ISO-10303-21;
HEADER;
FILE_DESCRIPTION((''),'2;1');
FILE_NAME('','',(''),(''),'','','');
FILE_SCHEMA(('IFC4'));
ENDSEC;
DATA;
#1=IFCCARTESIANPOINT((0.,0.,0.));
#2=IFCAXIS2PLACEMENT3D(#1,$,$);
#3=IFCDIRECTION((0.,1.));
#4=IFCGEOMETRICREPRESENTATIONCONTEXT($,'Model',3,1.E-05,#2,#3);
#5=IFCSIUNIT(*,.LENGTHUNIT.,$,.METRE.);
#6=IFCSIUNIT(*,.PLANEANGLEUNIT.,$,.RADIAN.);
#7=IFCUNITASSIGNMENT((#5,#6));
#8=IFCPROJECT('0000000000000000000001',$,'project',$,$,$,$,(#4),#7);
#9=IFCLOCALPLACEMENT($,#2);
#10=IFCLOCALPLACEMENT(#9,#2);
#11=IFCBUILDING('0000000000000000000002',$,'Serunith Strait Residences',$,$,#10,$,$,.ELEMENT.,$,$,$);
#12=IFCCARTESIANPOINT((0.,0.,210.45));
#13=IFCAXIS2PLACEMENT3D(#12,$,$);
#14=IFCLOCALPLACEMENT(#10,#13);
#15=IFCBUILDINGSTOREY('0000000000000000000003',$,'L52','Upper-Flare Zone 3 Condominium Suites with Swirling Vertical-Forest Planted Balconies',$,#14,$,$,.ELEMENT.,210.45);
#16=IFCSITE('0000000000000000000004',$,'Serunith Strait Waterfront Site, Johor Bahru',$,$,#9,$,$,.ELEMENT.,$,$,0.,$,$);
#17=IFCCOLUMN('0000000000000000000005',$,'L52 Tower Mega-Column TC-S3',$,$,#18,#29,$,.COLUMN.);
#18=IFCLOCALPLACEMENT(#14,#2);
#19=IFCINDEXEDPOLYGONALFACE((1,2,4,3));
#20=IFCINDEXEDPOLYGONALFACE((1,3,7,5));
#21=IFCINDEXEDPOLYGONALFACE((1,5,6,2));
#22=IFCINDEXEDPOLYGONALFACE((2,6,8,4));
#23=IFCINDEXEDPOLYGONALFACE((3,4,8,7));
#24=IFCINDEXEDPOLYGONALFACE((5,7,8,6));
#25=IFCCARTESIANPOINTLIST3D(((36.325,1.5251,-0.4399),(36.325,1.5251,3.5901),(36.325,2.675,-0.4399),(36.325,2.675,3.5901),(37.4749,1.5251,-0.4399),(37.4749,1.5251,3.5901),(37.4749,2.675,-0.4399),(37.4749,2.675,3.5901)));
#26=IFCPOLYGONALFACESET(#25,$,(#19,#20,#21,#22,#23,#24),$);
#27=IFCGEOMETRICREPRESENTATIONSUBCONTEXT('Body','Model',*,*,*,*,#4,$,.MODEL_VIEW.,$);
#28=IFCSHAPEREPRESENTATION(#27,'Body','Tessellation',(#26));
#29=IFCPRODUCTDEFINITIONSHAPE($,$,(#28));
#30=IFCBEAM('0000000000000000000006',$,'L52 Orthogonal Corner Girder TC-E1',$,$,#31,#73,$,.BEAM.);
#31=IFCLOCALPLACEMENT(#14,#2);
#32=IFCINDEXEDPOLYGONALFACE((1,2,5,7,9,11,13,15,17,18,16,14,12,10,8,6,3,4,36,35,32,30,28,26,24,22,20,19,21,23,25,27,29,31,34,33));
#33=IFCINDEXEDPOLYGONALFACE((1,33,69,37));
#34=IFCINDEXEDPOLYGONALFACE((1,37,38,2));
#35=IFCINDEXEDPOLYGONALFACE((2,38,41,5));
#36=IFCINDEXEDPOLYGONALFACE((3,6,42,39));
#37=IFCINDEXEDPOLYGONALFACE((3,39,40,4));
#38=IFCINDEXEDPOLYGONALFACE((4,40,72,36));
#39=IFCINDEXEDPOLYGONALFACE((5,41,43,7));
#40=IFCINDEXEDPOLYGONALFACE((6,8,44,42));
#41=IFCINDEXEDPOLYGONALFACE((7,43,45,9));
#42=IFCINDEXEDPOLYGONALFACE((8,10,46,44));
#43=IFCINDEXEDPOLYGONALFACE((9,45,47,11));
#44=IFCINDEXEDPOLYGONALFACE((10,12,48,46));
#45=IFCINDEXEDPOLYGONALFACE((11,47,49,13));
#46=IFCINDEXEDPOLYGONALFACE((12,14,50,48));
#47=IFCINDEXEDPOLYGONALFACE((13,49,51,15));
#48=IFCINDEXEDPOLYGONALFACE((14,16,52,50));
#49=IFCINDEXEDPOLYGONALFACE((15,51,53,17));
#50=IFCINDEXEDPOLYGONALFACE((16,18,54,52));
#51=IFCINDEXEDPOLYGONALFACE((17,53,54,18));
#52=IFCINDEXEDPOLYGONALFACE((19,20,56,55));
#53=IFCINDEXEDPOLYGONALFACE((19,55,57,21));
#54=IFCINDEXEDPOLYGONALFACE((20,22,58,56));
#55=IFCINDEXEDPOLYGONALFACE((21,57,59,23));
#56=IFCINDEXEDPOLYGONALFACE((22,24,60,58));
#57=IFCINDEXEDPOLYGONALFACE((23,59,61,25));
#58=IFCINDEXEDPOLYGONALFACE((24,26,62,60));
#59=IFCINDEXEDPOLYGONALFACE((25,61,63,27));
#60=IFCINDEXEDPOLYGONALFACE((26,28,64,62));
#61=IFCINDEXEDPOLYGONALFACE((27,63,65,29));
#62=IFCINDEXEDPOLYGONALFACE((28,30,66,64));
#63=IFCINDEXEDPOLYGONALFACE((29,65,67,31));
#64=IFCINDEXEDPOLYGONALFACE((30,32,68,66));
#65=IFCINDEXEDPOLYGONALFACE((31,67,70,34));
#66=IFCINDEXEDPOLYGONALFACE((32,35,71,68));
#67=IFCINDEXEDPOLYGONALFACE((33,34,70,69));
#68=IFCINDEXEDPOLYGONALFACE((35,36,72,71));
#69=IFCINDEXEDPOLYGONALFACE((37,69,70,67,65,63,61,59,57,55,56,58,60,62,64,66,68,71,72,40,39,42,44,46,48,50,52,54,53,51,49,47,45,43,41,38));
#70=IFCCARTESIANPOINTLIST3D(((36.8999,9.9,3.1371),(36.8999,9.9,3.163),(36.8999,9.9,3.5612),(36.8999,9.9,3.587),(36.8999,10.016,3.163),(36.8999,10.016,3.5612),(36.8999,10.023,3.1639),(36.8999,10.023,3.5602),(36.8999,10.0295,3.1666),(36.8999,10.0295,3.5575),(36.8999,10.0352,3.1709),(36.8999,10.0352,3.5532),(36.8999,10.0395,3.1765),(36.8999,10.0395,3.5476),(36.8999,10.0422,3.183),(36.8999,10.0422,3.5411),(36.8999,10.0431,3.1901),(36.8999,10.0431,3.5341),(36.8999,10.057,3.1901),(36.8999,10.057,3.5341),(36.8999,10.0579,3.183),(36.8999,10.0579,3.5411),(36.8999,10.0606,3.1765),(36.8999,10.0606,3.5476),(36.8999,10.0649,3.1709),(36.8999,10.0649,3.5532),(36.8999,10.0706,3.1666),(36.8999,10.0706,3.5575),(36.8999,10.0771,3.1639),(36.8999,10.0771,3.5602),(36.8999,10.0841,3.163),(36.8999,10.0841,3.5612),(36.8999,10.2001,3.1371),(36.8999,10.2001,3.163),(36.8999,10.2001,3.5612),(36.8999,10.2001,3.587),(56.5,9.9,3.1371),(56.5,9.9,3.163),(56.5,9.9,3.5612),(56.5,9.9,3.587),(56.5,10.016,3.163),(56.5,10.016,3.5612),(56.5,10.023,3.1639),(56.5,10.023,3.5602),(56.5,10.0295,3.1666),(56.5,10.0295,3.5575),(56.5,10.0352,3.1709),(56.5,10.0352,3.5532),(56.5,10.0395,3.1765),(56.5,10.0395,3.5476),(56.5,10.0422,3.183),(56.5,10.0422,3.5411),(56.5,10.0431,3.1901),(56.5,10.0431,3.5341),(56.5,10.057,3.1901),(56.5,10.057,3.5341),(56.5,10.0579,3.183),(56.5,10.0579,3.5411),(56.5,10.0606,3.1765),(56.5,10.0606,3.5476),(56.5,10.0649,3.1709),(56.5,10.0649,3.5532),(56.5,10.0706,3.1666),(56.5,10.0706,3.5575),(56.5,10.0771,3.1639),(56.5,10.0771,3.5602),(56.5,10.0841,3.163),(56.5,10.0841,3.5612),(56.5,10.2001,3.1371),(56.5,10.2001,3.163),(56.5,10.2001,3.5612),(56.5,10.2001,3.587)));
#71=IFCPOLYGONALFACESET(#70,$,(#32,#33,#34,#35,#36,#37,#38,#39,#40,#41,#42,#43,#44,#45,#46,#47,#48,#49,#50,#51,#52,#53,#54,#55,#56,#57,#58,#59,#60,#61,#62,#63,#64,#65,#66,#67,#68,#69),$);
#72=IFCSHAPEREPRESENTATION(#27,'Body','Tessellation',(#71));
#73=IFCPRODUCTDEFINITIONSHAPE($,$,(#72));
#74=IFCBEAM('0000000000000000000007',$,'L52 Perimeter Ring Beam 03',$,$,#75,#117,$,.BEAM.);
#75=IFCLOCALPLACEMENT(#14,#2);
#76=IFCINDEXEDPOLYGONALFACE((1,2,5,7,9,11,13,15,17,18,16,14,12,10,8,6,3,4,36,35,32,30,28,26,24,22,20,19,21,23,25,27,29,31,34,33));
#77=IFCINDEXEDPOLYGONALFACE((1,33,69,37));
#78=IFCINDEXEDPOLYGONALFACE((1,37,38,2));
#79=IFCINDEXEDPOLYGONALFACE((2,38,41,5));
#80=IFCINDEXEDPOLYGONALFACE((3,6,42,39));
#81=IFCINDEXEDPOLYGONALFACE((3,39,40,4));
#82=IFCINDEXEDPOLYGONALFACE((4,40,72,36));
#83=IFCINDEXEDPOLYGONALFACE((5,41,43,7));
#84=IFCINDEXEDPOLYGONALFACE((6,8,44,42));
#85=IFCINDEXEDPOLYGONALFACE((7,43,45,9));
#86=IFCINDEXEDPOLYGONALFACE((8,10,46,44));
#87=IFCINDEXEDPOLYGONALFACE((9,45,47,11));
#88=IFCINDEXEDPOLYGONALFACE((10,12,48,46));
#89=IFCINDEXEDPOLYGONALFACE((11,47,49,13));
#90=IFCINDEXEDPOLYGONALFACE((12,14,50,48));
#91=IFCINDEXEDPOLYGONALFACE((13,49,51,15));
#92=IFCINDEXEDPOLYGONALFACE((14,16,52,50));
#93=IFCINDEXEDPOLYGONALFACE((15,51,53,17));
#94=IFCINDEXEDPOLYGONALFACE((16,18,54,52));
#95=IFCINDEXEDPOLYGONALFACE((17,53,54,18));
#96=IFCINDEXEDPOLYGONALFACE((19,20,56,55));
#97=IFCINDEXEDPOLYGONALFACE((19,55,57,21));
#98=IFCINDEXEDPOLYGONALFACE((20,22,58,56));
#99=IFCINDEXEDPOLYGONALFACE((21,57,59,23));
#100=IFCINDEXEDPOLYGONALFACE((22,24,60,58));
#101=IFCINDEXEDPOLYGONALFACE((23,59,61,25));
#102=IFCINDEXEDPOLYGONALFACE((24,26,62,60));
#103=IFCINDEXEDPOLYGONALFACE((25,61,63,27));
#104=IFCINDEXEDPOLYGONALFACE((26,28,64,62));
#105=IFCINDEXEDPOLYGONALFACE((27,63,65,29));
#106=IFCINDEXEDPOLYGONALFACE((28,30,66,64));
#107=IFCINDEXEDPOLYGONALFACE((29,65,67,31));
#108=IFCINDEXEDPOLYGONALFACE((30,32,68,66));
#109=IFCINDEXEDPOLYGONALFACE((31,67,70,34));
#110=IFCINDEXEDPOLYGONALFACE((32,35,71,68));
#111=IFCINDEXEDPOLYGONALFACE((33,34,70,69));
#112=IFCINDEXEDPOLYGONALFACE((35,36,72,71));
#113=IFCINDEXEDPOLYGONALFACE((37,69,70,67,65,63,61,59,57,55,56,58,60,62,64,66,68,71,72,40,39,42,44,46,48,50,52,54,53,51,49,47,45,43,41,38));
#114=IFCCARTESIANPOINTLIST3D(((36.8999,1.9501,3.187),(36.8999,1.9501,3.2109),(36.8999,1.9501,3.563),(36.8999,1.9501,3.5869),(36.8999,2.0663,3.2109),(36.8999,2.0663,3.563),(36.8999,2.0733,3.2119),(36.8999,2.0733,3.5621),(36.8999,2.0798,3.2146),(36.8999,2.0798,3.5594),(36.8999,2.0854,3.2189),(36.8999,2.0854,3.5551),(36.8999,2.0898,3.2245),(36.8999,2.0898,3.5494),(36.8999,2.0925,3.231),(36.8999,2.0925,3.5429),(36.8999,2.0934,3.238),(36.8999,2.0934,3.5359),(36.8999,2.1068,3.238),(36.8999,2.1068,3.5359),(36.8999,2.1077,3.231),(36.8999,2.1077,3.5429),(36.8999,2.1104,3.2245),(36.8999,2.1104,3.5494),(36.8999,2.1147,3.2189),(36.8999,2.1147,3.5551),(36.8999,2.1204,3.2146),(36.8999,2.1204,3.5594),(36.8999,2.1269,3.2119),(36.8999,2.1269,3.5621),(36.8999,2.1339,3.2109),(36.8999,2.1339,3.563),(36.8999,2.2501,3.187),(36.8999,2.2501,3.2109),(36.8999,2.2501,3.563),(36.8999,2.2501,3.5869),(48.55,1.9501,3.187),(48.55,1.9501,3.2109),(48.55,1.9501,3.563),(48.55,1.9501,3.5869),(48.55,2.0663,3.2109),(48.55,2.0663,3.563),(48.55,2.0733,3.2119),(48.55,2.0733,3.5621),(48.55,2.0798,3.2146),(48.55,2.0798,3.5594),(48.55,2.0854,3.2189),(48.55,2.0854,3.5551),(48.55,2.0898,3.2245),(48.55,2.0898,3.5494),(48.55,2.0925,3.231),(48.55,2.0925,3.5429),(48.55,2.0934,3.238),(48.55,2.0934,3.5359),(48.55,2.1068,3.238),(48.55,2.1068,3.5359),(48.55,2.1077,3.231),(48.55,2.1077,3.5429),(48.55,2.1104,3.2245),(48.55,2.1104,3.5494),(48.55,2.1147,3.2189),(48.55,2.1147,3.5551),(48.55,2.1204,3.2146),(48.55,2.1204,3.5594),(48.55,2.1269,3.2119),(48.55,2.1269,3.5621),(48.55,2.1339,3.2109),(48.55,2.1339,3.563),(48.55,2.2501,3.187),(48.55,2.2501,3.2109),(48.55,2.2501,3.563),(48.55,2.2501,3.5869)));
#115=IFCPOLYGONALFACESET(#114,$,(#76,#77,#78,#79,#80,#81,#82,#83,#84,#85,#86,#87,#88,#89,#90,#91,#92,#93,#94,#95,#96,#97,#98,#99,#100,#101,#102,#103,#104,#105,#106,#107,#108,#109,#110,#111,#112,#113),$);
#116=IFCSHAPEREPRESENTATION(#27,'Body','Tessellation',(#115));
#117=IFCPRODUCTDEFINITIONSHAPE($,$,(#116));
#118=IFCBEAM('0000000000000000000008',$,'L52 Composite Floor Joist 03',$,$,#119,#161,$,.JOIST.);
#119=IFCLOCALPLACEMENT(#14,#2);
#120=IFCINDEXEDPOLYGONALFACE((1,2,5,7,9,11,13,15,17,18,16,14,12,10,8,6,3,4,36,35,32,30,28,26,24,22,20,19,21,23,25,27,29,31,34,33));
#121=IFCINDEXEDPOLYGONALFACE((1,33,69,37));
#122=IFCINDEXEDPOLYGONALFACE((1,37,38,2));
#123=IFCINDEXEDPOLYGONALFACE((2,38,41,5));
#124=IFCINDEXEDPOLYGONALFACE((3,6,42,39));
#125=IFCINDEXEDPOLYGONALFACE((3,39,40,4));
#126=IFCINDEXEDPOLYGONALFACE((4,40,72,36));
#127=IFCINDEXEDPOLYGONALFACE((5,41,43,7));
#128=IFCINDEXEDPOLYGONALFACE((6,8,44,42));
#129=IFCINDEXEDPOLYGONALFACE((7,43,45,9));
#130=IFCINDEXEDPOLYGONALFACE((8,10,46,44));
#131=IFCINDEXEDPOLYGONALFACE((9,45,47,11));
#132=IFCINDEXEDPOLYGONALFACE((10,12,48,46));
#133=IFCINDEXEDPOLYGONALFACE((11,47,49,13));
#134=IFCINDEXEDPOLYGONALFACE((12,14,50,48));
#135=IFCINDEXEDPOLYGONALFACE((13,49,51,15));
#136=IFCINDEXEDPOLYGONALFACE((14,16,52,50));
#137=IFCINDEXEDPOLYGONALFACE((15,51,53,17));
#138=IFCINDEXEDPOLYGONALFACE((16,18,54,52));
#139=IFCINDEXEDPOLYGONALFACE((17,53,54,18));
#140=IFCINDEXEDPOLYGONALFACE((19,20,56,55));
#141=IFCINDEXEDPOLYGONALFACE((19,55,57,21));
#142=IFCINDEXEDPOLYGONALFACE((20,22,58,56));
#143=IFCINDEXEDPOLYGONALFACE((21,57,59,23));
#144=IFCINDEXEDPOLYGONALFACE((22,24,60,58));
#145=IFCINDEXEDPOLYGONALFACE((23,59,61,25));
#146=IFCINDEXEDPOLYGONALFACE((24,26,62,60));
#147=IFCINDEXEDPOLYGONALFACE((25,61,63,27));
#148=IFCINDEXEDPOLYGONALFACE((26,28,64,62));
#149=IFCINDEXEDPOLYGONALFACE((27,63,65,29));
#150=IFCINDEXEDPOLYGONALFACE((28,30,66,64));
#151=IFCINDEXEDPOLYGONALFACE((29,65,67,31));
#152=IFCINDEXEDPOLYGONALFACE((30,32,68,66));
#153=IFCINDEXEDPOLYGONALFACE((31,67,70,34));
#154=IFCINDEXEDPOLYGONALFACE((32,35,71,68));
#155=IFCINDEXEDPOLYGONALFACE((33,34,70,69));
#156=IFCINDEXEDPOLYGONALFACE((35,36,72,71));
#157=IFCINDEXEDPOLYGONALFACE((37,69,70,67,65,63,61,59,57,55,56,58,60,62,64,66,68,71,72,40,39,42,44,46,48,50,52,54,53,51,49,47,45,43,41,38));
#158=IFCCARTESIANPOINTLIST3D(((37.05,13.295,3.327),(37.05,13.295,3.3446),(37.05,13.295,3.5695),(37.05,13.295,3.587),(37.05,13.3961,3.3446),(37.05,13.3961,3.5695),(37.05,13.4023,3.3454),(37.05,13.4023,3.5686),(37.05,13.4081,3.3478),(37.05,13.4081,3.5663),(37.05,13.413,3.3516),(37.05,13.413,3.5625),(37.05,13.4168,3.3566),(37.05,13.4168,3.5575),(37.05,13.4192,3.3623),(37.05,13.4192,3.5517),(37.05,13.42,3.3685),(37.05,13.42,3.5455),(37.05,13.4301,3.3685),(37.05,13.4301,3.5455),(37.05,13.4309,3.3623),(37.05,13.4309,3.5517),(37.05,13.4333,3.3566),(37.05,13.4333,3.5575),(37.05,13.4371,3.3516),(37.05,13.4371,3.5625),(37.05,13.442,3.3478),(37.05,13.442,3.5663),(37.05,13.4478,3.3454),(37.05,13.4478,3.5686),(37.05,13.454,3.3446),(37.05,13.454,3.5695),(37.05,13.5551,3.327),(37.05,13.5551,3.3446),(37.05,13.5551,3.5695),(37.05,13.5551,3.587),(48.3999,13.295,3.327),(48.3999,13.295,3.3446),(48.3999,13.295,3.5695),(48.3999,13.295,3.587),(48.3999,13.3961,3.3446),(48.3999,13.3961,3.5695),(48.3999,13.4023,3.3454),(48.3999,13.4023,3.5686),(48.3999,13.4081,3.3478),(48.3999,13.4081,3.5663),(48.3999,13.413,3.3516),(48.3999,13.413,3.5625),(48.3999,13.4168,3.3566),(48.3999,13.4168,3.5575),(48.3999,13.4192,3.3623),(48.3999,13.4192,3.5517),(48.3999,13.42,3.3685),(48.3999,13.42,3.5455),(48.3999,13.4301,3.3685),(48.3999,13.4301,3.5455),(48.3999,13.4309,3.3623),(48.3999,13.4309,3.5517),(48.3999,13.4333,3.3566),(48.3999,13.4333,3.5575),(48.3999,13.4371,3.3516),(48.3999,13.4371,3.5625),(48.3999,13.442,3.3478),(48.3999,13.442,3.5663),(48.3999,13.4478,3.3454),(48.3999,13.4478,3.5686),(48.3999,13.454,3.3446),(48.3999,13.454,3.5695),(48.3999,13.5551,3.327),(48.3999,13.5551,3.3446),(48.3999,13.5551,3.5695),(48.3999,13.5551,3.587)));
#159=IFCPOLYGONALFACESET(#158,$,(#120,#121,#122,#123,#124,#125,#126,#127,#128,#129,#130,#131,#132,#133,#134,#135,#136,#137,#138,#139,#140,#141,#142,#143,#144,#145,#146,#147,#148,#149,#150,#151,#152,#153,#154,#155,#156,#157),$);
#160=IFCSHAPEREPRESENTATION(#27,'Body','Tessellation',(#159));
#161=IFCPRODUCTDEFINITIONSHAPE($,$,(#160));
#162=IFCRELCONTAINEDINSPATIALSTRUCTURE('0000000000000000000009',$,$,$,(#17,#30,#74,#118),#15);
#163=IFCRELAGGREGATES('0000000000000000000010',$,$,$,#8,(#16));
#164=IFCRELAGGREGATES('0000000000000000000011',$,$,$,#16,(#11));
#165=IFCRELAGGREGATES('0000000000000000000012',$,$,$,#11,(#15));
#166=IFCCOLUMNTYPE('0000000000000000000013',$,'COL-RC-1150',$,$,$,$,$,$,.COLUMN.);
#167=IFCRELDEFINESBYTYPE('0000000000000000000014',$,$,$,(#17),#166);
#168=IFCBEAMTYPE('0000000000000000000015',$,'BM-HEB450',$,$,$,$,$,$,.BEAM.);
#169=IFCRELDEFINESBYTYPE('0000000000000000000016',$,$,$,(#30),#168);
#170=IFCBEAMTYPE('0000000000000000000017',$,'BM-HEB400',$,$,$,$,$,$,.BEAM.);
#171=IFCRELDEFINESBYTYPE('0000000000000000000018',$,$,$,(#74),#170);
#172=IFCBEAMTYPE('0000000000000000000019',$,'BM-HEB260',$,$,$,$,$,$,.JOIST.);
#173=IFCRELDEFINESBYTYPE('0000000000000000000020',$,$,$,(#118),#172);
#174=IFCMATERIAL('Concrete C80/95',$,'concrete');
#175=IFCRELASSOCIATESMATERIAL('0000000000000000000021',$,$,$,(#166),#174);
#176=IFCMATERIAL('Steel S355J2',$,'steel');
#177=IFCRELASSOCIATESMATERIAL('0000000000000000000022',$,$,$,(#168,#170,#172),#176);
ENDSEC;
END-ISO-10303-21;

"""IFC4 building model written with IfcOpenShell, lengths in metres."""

from ifc_helpers import new_model, si_unit, direction, frame, origin, origin_2d, place, context, subcontext, project, spatial, rectangle, i_section, extrude, source, transform, mapped, material, material_profile, profile_set, type_object, element, save


model = new_model("IFC4")

# Units and contexts
model_context = context("Model", 3, precision=1e-05, world=origin(), true_north=direction((0.0, 1.0)))
body_context = subcontext(model_context, "Body", "Model", "MODEL_VIEW")
ifc_project = project(units=[si_unit("LENGTHUNIT", "METRE"), si_unit("PLANEANGLEUNIT", "RADIAN")], contexts=[model_context])

# Site, building, storey
site_placement = place(None, origin())
site = spatial("IfcSite", under=ifc_project, at=site_placement, Name="Serunith Strait Waterfront Site, Johor Bahru", CompositionType="ELEMENT", RefElevation=0.0)
building_placement = place(site_placement, origin())
building = spatial("IfcBuilding", under=site, at=building_placement, Name="Serunith Strait Residences", CompositionType="ELEMENT")
storey_placement = place(building_placement, frame((0.0, 0.0, 210.45)))
storey = spatial("IfcBuildingStorey", under=building, at=storey_placement, Name="L52", Description="Upper-Flare Zone 3 Condominium Suites with Swirling Vertical-Forest Planted Balconies", CompositionType="ELEMENT", Elevation=210.45)

# Column
ifc_material_1 = material(Name="Concrete C80/95", Category="concrete")
ifc_material_profile_1 = material_profile(ifc_material_1, rectangle(XDim=1.1499, YDim=1.1499, at=origin_2d()), Name="RC 1150x1150")
ifc_profile_set_1 = profile_set([ifc_material_profile_1], Name="Concrete C80/95")
column_type = type_object("IfcColumnType", Name="COL-RC-1150", PredefinedType="COLUMN", material=ifc_profile_set_1)
shared_shape_1 = source(origin(), body_context, "Body", "SweptSolid", [
    extrude(rectangle(XDim=1.1499, YDim=1.1499, at=origin_2d()), origin(), (0.0, 0.0, 1.0), 4.03),
])
column_placement = place(storey_placement, frame((36.8999, 2.1001, -0.4399), z_axis=(0.0, 0.0, 1.0), x_axis=(1.0, 0.0, 0.0)))
element("IfcColumn", 1, at=column_placement, inside=storey, type_object=column_type, Name="L52 Tower Mega-Column TC-S3", PredefinedType="COLUMN", context=body_context, shape_type="MappedRepresentation", body=[
    mapped(shared_shape_1, transform((0.0, 0.0, 0.0), scale=1.0)),
])

# Beams
ifc_material_2 = material(Name="Steel S355J2", Category="steel")
ifc_material_profile_2 = material_profile(ifc_material_2, i_section(OverallWidth=0.3, OverallDepth=0.45, WebThickness=0.0139, FlangeThickness=0.0259, FilletRadius=0.0271, at=origin_2d()), Name="HEB 450")
ifc_profile_set_2 = profile_set([ifc_material_profile_2], Name="Steel S355J2")
beam_type_1 = type_object("IfcBeamType", Name="BM-HEB450", PredefinedType="BEAM", material=ifc_profile_set_2)
shared_shape_2 = source(origin(), body_context, "Body", "SweptSolid", [
    extrude(i_section(OverallWidth=0.3, OverallDepth=0.45, WebThickness=0.0139, FlangeThickness=0.0259, FilletRadius=0.0271, at=origin_2d()), origin(), (0.0, 0.0, 1.0), 19.6001),
])
beam_1_placement = place(storey_placement, frame((36.8999, 10.05, 3.3621), z_axis=(1.0, 0.0, 0.0), x_axis=(0.0, 1.0, 0.0)))
element("IfcBeam", 2, at=beam_1_placement, inside=storey, type_object=beam_type_1, Name="L52 Orthogonal Corner Girder TC-E1", PredefinedType="BEAM", context=body_context, shape_type="MappedRepresentation", body=[
    mapped(shared_shape_2, transform((0.0, 0.0, 0.0), scale=1.0)),
])
ifc_material_profile_3 = material_profile(ifc_material_2, i_section(OverallWidth=0.3, OverallDepth=0.3999, WebThickness=0.0134, FlangeThickness=0.0239, FilletRadius=0.0271, at=origin_2d()), Name="HEB 400")
ifc_profile_set_3 = profile_set([ifc_material_profile_3], Name="Steel S355J2")
beam_type_2 = type_object("IfcBeamType", Name="BM-HEB400", PredefinedType="BEAM", material=ifc_profile_set_3)
shared_shape_3 = source(origin(), body_context, "Body", "SweptSolid", [
    extrude(i_section(OverallWidth=0.3, OverallDepth=0.3999, WebThickness=0.0134, FlangeThickness=0.0239, FilletRadius=0.0271, at=origin_2d()), origin(), (0.0, 0.0, 1.0), 11.6501),
])
beam_2_placement = place(storey_placement, frame((36.8999, 2.1001, 3.387), z_axis=(1.0, 0.0, 0.0), x_axis=(0.0, 1.0, 0.0)))
element("IfcBeam", 3, at=beam_2_placement, inside=storey, type_object=beam_type_2, Name="L52 Perimeter Ring Beam 03", PredefinedType="BEAM", context=body_context, shape_type="MappedRepresentation", body=[
    mapped(shared_shape_3, transform((0.0, 0.0, 0.0), scale=1.0)),
])
ifc_material_profile_4 = material_profile(ifc_material_2, i_section(OverallWidth=0.26, OverallDepth=0.26, WebThickness=0.01, FlangeThickness=0.0176, FilletRadius=0.0239, at=origin_2d()), Name="HEB 260")
ifc_profile_set_4 = profile_set([ifc_material_profile_4], Name="Steel S355J2")
beam_type_3 = type_object("IfcBeamType", Name="BM-HEB260", PredefinedType="JOIST", material=ifc_profile_set_4)
shared_shape_4 = source(origin(), body_context, "Body", "SweptSolid", [
    extrude(i_section(OverallWidth=0.26, OverallDepth=0.26, WebThickness=0.01, FlangeThickness=0.0176, FilletRadius=0.0239, at=origin_2d()), origin(), (0.0, 0.0, 1.0), 11.3499),
])
beam_3_placement = place(storey_placement, frame((37.05, 13.425, 3.457), z_axis=(1.0, 0.0, 0.0), x_axis=(0.0, 1.0, 0.0)))
element("IfcBeam", 4, at=beam_3_placement, inside=storey, type_object=beam_type_3, Name="L52 Composite Floor Joist 03", PredefinedType="JOIST", context=body_context, shape_type="MappedRepresentation", body=[
    mapped(shared_shape_4, transform((0.0, 0.0, 0.0), scale=1.0)),
])

save(model, "model.ifc")
